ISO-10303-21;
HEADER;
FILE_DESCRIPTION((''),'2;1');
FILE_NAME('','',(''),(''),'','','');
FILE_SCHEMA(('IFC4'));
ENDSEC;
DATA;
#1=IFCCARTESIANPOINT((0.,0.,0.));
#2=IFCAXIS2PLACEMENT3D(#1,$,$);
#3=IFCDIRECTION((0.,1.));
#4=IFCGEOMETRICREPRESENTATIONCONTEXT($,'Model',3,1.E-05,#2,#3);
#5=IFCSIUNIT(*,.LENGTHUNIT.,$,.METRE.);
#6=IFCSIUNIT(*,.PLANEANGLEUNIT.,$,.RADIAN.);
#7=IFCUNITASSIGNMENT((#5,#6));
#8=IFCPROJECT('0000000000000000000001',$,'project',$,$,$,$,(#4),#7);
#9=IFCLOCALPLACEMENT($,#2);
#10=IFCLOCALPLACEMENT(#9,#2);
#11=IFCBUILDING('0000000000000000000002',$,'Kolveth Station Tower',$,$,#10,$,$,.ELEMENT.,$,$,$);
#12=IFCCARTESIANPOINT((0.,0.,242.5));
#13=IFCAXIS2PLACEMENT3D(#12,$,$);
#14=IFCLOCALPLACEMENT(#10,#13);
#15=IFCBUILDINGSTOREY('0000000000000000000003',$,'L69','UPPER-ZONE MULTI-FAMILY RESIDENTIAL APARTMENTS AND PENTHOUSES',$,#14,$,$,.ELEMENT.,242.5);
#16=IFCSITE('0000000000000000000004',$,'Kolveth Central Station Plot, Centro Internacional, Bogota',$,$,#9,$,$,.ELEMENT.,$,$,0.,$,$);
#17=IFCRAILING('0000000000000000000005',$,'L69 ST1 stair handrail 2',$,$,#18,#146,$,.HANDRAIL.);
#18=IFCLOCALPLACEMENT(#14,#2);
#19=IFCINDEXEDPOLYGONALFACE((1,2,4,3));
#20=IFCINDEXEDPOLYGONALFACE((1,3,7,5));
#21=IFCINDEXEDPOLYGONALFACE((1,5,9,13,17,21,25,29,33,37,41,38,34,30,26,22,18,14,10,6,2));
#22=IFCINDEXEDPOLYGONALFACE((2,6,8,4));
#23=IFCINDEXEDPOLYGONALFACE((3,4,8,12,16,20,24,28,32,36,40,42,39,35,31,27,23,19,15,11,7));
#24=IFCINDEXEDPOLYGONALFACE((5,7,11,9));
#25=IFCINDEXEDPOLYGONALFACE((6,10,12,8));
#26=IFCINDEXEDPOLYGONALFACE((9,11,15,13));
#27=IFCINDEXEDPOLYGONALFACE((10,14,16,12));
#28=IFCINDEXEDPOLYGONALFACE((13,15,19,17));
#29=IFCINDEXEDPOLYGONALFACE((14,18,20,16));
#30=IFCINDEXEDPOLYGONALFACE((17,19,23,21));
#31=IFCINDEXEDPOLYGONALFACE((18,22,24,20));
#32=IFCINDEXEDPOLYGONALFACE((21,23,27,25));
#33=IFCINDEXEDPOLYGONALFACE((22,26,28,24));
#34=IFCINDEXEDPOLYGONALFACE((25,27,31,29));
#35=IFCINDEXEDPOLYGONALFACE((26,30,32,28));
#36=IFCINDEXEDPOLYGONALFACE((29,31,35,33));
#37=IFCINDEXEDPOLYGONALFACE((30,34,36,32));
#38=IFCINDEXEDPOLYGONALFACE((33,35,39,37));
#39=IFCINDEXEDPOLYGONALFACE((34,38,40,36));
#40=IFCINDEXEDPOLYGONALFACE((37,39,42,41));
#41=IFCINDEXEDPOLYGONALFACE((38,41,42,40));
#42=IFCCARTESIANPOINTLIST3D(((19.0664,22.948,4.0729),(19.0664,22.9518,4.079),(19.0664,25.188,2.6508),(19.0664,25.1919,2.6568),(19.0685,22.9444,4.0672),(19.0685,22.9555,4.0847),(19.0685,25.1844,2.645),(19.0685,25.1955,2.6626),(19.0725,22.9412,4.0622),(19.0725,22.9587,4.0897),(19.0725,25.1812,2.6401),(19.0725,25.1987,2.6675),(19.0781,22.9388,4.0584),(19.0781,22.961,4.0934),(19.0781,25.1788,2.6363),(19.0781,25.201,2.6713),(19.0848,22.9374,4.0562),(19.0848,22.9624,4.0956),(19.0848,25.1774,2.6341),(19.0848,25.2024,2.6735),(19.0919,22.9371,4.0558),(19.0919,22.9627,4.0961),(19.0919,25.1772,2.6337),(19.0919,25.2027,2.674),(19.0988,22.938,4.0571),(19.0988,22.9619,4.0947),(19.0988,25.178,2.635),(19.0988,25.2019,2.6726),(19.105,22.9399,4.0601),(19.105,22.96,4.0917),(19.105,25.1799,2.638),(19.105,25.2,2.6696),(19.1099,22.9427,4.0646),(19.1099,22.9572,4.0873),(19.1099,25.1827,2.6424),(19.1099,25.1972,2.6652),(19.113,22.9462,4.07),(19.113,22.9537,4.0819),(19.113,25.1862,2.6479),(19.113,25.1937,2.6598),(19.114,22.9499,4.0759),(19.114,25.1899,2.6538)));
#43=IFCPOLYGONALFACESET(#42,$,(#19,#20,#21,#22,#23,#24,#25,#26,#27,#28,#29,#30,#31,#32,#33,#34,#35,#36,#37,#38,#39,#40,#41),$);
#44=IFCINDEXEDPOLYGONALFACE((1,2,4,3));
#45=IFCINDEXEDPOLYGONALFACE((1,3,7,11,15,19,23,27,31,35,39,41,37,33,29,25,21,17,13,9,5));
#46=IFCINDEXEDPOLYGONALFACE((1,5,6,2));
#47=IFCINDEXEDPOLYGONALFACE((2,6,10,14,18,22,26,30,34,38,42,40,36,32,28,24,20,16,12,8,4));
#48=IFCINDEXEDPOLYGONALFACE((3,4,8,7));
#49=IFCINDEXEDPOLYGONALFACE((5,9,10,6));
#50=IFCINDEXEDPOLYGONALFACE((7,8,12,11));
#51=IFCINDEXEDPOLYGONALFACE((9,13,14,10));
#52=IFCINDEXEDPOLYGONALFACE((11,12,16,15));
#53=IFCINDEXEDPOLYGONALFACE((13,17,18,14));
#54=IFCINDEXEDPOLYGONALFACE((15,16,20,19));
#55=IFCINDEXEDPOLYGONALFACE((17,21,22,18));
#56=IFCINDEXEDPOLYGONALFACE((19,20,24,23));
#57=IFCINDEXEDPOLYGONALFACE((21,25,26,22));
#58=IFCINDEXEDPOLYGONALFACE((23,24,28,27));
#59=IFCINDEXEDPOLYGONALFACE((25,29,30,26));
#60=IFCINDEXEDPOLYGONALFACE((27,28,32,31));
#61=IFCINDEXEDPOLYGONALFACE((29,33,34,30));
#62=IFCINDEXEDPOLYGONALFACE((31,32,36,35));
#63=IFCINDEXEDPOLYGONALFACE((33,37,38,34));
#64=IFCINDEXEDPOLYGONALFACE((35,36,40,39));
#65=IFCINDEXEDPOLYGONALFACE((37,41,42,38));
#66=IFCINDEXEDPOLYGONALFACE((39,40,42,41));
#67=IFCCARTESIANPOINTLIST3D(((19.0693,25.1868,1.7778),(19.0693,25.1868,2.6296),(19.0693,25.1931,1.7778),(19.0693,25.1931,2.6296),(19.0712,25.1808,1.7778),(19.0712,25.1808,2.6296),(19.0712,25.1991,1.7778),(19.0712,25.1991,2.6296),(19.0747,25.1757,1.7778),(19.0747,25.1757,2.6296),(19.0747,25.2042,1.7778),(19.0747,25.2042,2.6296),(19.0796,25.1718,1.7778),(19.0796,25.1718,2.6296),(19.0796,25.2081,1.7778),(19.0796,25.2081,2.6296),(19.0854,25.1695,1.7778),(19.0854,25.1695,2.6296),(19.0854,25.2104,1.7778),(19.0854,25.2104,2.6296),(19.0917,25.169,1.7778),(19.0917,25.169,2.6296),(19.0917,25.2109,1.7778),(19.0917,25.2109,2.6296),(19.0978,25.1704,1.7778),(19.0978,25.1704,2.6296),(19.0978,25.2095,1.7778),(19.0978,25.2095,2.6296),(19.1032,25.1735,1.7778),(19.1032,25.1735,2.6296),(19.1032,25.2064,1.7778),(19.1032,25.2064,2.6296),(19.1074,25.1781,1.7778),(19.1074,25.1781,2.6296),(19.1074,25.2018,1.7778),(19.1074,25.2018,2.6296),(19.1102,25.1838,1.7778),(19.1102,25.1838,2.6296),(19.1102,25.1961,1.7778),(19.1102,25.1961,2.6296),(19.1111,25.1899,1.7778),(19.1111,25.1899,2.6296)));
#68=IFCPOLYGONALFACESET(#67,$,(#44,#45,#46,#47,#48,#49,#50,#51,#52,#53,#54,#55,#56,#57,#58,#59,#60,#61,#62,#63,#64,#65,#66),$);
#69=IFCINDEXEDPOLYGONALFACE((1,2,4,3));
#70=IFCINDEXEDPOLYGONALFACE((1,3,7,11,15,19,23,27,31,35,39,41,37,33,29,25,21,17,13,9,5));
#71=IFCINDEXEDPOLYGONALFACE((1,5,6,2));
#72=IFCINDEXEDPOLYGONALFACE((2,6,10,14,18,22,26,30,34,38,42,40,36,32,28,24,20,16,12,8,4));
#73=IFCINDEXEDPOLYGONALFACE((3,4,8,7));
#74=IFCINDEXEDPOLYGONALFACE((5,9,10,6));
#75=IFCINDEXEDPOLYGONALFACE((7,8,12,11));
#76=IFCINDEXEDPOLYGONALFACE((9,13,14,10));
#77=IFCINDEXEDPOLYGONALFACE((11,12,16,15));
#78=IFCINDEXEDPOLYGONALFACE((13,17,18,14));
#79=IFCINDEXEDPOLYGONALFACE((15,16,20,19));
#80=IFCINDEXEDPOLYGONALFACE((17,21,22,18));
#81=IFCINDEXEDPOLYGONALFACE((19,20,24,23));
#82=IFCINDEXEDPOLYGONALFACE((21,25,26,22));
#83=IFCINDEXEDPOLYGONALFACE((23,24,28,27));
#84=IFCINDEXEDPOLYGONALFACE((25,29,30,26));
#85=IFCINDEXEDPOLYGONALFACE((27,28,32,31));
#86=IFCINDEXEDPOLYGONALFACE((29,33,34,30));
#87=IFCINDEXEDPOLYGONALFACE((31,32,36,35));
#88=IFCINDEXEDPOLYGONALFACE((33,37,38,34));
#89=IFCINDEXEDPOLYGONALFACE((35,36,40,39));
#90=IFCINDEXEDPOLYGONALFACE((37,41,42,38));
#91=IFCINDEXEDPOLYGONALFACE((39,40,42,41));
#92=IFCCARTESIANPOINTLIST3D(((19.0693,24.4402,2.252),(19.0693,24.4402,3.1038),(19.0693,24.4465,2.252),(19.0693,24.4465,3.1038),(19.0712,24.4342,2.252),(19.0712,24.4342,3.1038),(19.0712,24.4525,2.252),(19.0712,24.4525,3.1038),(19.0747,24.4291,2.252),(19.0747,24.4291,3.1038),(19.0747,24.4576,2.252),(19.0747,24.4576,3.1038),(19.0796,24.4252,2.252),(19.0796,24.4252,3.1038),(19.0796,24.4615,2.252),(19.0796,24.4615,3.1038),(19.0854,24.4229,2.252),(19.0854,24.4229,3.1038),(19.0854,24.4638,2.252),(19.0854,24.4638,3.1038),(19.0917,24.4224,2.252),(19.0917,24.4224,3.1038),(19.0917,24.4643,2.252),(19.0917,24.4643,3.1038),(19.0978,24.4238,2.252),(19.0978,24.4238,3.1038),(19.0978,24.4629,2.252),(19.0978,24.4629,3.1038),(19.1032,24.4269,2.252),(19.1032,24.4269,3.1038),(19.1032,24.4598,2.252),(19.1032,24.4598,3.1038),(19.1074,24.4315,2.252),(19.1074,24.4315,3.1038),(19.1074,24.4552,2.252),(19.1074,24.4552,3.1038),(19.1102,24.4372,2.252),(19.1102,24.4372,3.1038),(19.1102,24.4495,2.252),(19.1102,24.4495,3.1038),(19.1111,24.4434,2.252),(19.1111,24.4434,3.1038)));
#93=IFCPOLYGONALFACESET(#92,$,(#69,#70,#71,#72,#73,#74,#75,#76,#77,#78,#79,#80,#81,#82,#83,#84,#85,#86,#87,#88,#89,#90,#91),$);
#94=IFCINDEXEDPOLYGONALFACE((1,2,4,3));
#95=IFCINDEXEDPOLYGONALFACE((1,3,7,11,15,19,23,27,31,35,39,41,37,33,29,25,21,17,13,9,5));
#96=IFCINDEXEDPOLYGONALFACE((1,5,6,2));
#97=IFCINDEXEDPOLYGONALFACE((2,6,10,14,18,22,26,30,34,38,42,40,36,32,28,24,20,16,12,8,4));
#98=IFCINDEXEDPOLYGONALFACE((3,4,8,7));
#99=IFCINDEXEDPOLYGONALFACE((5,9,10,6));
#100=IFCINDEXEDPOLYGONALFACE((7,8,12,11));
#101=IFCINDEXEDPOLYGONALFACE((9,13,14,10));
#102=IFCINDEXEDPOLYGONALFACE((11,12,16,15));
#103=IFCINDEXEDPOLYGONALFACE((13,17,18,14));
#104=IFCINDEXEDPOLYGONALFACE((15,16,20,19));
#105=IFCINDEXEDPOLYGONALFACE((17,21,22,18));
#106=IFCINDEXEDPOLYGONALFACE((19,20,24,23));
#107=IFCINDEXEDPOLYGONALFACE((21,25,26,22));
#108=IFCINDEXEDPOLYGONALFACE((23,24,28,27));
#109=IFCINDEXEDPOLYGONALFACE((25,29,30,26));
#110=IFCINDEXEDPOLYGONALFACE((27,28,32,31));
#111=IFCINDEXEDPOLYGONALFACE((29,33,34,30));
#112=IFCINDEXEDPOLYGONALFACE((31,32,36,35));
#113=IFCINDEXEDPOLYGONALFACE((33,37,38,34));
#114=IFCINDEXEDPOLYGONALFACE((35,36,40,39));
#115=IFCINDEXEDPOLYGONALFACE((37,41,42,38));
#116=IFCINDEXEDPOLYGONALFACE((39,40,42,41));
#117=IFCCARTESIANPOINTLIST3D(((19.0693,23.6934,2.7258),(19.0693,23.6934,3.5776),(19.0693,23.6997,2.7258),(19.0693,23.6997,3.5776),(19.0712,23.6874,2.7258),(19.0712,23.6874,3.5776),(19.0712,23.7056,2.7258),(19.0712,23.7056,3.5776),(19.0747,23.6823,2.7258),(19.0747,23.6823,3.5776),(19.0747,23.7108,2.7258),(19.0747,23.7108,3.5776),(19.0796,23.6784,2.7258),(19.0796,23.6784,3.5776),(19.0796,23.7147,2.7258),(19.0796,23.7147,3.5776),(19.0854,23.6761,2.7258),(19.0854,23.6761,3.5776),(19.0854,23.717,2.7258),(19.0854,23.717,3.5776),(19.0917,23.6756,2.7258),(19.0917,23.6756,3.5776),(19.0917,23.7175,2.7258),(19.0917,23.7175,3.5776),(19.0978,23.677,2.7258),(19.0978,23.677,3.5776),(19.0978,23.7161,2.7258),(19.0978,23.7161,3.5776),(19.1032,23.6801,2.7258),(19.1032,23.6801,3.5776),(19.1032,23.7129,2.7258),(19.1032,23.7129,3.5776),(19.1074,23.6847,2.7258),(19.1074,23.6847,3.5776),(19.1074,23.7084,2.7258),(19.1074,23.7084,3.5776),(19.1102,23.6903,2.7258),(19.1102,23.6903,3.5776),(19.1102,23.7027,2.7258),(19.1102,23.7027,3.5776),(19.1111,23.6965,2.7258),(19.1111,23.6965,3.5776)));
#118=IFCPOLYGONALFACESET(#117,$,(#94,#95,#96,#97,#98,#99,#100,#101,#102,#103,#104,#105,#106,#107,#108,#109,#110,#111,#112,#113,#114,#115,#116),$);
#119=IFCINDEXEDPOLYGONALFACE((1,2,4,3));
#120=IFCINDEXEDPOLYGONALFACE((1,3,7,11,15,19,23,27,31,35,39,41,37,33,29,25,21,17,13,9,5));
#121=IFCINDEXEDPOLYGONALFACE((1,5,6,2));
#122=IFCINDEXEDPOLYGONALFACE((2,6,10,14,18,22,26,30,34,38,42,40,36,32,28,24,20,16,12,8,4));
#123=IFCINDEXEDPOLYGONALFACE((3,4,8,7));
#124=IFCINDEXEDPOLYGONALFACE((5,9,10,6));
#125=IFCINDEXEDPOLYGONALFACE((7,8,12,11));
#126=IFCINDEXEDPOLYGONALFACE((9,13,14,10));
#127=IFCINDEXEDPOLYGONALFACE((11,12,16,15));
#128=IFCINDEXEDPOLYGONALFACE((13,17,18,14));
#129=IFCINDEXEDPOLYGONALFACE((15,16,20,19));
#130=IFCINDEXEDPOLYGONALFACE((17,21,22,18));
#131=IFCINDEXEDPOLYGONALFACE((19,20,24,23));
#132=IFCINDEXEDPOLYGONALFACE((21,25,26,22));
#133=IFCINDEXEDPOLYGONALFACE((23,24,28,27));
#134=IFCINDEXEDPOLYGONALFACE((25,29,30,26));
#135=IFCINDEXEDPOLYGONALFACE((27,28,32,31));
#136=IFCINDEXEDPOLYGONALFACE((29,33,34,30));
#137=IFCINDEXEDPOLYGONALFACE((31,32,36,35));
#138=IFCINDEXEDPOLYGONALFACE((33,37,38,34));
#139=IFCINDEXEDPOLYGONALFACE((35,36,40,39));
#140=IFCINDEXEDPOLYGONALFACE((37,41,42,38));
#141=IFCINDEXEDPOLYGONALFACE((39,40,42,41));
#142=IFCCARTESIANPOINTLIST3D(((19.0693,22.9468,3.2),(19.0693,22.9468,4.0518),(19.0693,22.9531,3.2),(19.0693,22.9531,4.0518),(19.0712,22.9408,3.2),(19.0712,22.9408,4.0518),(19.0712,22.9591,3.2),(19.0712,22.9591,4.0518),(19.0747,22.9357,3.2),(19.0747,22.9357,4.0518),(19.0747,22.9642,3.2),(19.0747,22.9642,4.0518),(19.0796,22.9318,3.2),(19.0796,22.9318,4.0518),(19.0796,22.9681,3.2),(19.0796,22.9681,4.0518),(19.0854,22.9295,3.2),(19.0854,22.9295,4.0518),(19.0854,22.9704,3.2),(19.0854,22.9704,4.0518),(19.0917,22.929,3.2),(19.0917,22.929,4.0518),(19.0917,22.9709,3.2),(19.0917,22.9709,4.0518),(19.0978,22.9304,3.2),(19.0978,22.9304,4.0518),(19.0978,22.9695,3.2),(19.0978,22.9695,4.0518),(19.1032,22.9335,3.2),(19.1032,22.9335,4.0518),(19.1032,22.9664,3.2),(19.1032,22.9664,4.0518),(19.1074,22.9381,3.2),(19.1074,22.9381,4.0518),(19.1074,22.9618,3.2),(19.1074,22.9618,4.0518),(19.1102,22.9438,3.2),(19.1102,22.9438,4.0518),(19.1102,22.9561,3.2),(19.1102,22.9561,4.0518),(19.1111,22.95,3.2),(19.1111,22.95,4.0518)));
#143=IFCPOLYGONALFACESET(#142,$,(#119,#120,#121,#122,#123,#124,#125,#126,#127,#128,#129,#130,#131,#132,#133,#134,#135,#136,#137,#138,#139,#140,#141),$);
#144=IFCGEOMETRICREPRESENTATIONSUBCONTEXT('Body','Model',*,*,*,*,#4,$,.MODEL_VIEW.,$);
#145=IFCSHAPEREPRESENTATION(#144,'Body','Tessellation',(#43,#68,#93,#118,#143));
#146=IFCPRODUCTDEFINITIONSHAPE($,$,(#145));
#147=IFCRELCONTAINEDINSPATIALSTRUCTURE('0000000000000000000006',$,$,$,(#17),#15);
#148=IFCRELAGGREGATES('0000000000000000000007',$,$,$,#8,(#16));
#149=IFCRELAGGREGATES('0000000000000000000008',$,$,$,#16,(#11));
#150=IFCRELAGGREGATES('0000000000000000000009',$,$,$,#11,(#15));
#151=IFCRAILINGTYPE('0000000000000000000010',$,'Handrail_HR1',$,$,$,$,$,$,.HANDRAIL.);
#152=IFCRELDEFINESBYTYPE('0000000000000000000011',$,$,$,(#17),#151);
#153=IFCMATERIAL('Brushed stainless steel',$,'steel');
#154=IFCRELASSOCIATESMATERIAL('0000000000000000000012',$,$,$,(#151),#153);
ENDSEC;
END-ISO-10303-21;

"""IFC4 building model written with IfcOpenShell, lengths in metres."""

from ifc_helpers import new_model, si_unit, direction, frame, origin, origin_2d, place, context, subcontext, project, spatial, circle, extrude, material, type_object, element, save


model = new_model("IFC4")

# Units and contexts
model_context = context("Model", 3, precision=1e-05, world=origin(), true_north=direction((0.0, 1.0)))
body_context = subcontext(model_context, "Body", "Model", "MODEL_VIEW")
ifc_project = project(units=[si_unit("LENGTHUNIT", "METRE"), si_unit("PLANEANGLEUNIT", "RADIAN")], contexts=[model_context])

# Site, building, storey
site_placement = place(None, origin())
site = spatial("IfcSite", under=ifc_project, at=site_placement, Name="Kolveth Central Station Plot, Centro Internacional, Bogota", CompositionType="ELEMENT", RefElevation=0.0)
building_placement = place(site_placement, origin())
building = spatial("IfcBuilding", under=site, at=building_placement, Name="Kolveth Station Tower", CompositionType="ELEMENT")
storey_placement = place(building_placement, frame((0.0, 0.0, 242.5)))
storey = spatial("IfcBuildingStorey", under=building, at=storey_placement, Name="L69", Description="UPPER-ZONE MULTI-FAMILY RESIDENTIAL APARTMENTS AND PENTHOUSES", CompositionType="ELEMENT", Elevation=242.5)

# Railing
ifc_material_1 = material(Name="Brushed stainless steel", Category="steel")
railing_type_1 = type_object("IfcRailingType", Name="Handrail_HR1", PredefinedType="HANDRAIL", material=ifc_material_1)
railing_1_placement = place(storey_placement, frame((19.0901, 25.1899, 1.7778)))
element("IfcRailing", 1, at=railing_1_placement, inside=storey, type_object=railing_type_1, Name="L69 ST1 stair handrail 2", PredefinedType="HANDRAIL", context=body_context, shape_type="SweptSolid", body=[
    extrude(circle(Radius=0.0239, at=origin_2d()), frame((0.0, 0.0, 0.876), z_axis=(0.0, -0.844229, 0.535982), x_axis=(1.0, 0.0, 0.0)), (0.0, 0.0, 1.0), 2.6533),
    extrude(circle(Radius=0.021, at=origin_2d()), origin(), (0.0, 0.0, 1.0), 0.8518),
    extrude(circle(Radius=0.021, at=origin_2d()), frame((0.0, -0.7466, 0.4741)), (0.0, 0.0, 1.0), 0.8518),
    extrude(circle(Radius=0.021, at=origin_2d()), frame((0.0, -1.4934, 0.948)), (0.0, 0.0, 1.0), 0.8518),
    extrude(circle(Radius=0.021, at=origin_2d()), frame((0.0, -2.24, 1.4221)), (0.0, 0.0, 1.0), 0.8518),
])

save(model, "model.ifc")
